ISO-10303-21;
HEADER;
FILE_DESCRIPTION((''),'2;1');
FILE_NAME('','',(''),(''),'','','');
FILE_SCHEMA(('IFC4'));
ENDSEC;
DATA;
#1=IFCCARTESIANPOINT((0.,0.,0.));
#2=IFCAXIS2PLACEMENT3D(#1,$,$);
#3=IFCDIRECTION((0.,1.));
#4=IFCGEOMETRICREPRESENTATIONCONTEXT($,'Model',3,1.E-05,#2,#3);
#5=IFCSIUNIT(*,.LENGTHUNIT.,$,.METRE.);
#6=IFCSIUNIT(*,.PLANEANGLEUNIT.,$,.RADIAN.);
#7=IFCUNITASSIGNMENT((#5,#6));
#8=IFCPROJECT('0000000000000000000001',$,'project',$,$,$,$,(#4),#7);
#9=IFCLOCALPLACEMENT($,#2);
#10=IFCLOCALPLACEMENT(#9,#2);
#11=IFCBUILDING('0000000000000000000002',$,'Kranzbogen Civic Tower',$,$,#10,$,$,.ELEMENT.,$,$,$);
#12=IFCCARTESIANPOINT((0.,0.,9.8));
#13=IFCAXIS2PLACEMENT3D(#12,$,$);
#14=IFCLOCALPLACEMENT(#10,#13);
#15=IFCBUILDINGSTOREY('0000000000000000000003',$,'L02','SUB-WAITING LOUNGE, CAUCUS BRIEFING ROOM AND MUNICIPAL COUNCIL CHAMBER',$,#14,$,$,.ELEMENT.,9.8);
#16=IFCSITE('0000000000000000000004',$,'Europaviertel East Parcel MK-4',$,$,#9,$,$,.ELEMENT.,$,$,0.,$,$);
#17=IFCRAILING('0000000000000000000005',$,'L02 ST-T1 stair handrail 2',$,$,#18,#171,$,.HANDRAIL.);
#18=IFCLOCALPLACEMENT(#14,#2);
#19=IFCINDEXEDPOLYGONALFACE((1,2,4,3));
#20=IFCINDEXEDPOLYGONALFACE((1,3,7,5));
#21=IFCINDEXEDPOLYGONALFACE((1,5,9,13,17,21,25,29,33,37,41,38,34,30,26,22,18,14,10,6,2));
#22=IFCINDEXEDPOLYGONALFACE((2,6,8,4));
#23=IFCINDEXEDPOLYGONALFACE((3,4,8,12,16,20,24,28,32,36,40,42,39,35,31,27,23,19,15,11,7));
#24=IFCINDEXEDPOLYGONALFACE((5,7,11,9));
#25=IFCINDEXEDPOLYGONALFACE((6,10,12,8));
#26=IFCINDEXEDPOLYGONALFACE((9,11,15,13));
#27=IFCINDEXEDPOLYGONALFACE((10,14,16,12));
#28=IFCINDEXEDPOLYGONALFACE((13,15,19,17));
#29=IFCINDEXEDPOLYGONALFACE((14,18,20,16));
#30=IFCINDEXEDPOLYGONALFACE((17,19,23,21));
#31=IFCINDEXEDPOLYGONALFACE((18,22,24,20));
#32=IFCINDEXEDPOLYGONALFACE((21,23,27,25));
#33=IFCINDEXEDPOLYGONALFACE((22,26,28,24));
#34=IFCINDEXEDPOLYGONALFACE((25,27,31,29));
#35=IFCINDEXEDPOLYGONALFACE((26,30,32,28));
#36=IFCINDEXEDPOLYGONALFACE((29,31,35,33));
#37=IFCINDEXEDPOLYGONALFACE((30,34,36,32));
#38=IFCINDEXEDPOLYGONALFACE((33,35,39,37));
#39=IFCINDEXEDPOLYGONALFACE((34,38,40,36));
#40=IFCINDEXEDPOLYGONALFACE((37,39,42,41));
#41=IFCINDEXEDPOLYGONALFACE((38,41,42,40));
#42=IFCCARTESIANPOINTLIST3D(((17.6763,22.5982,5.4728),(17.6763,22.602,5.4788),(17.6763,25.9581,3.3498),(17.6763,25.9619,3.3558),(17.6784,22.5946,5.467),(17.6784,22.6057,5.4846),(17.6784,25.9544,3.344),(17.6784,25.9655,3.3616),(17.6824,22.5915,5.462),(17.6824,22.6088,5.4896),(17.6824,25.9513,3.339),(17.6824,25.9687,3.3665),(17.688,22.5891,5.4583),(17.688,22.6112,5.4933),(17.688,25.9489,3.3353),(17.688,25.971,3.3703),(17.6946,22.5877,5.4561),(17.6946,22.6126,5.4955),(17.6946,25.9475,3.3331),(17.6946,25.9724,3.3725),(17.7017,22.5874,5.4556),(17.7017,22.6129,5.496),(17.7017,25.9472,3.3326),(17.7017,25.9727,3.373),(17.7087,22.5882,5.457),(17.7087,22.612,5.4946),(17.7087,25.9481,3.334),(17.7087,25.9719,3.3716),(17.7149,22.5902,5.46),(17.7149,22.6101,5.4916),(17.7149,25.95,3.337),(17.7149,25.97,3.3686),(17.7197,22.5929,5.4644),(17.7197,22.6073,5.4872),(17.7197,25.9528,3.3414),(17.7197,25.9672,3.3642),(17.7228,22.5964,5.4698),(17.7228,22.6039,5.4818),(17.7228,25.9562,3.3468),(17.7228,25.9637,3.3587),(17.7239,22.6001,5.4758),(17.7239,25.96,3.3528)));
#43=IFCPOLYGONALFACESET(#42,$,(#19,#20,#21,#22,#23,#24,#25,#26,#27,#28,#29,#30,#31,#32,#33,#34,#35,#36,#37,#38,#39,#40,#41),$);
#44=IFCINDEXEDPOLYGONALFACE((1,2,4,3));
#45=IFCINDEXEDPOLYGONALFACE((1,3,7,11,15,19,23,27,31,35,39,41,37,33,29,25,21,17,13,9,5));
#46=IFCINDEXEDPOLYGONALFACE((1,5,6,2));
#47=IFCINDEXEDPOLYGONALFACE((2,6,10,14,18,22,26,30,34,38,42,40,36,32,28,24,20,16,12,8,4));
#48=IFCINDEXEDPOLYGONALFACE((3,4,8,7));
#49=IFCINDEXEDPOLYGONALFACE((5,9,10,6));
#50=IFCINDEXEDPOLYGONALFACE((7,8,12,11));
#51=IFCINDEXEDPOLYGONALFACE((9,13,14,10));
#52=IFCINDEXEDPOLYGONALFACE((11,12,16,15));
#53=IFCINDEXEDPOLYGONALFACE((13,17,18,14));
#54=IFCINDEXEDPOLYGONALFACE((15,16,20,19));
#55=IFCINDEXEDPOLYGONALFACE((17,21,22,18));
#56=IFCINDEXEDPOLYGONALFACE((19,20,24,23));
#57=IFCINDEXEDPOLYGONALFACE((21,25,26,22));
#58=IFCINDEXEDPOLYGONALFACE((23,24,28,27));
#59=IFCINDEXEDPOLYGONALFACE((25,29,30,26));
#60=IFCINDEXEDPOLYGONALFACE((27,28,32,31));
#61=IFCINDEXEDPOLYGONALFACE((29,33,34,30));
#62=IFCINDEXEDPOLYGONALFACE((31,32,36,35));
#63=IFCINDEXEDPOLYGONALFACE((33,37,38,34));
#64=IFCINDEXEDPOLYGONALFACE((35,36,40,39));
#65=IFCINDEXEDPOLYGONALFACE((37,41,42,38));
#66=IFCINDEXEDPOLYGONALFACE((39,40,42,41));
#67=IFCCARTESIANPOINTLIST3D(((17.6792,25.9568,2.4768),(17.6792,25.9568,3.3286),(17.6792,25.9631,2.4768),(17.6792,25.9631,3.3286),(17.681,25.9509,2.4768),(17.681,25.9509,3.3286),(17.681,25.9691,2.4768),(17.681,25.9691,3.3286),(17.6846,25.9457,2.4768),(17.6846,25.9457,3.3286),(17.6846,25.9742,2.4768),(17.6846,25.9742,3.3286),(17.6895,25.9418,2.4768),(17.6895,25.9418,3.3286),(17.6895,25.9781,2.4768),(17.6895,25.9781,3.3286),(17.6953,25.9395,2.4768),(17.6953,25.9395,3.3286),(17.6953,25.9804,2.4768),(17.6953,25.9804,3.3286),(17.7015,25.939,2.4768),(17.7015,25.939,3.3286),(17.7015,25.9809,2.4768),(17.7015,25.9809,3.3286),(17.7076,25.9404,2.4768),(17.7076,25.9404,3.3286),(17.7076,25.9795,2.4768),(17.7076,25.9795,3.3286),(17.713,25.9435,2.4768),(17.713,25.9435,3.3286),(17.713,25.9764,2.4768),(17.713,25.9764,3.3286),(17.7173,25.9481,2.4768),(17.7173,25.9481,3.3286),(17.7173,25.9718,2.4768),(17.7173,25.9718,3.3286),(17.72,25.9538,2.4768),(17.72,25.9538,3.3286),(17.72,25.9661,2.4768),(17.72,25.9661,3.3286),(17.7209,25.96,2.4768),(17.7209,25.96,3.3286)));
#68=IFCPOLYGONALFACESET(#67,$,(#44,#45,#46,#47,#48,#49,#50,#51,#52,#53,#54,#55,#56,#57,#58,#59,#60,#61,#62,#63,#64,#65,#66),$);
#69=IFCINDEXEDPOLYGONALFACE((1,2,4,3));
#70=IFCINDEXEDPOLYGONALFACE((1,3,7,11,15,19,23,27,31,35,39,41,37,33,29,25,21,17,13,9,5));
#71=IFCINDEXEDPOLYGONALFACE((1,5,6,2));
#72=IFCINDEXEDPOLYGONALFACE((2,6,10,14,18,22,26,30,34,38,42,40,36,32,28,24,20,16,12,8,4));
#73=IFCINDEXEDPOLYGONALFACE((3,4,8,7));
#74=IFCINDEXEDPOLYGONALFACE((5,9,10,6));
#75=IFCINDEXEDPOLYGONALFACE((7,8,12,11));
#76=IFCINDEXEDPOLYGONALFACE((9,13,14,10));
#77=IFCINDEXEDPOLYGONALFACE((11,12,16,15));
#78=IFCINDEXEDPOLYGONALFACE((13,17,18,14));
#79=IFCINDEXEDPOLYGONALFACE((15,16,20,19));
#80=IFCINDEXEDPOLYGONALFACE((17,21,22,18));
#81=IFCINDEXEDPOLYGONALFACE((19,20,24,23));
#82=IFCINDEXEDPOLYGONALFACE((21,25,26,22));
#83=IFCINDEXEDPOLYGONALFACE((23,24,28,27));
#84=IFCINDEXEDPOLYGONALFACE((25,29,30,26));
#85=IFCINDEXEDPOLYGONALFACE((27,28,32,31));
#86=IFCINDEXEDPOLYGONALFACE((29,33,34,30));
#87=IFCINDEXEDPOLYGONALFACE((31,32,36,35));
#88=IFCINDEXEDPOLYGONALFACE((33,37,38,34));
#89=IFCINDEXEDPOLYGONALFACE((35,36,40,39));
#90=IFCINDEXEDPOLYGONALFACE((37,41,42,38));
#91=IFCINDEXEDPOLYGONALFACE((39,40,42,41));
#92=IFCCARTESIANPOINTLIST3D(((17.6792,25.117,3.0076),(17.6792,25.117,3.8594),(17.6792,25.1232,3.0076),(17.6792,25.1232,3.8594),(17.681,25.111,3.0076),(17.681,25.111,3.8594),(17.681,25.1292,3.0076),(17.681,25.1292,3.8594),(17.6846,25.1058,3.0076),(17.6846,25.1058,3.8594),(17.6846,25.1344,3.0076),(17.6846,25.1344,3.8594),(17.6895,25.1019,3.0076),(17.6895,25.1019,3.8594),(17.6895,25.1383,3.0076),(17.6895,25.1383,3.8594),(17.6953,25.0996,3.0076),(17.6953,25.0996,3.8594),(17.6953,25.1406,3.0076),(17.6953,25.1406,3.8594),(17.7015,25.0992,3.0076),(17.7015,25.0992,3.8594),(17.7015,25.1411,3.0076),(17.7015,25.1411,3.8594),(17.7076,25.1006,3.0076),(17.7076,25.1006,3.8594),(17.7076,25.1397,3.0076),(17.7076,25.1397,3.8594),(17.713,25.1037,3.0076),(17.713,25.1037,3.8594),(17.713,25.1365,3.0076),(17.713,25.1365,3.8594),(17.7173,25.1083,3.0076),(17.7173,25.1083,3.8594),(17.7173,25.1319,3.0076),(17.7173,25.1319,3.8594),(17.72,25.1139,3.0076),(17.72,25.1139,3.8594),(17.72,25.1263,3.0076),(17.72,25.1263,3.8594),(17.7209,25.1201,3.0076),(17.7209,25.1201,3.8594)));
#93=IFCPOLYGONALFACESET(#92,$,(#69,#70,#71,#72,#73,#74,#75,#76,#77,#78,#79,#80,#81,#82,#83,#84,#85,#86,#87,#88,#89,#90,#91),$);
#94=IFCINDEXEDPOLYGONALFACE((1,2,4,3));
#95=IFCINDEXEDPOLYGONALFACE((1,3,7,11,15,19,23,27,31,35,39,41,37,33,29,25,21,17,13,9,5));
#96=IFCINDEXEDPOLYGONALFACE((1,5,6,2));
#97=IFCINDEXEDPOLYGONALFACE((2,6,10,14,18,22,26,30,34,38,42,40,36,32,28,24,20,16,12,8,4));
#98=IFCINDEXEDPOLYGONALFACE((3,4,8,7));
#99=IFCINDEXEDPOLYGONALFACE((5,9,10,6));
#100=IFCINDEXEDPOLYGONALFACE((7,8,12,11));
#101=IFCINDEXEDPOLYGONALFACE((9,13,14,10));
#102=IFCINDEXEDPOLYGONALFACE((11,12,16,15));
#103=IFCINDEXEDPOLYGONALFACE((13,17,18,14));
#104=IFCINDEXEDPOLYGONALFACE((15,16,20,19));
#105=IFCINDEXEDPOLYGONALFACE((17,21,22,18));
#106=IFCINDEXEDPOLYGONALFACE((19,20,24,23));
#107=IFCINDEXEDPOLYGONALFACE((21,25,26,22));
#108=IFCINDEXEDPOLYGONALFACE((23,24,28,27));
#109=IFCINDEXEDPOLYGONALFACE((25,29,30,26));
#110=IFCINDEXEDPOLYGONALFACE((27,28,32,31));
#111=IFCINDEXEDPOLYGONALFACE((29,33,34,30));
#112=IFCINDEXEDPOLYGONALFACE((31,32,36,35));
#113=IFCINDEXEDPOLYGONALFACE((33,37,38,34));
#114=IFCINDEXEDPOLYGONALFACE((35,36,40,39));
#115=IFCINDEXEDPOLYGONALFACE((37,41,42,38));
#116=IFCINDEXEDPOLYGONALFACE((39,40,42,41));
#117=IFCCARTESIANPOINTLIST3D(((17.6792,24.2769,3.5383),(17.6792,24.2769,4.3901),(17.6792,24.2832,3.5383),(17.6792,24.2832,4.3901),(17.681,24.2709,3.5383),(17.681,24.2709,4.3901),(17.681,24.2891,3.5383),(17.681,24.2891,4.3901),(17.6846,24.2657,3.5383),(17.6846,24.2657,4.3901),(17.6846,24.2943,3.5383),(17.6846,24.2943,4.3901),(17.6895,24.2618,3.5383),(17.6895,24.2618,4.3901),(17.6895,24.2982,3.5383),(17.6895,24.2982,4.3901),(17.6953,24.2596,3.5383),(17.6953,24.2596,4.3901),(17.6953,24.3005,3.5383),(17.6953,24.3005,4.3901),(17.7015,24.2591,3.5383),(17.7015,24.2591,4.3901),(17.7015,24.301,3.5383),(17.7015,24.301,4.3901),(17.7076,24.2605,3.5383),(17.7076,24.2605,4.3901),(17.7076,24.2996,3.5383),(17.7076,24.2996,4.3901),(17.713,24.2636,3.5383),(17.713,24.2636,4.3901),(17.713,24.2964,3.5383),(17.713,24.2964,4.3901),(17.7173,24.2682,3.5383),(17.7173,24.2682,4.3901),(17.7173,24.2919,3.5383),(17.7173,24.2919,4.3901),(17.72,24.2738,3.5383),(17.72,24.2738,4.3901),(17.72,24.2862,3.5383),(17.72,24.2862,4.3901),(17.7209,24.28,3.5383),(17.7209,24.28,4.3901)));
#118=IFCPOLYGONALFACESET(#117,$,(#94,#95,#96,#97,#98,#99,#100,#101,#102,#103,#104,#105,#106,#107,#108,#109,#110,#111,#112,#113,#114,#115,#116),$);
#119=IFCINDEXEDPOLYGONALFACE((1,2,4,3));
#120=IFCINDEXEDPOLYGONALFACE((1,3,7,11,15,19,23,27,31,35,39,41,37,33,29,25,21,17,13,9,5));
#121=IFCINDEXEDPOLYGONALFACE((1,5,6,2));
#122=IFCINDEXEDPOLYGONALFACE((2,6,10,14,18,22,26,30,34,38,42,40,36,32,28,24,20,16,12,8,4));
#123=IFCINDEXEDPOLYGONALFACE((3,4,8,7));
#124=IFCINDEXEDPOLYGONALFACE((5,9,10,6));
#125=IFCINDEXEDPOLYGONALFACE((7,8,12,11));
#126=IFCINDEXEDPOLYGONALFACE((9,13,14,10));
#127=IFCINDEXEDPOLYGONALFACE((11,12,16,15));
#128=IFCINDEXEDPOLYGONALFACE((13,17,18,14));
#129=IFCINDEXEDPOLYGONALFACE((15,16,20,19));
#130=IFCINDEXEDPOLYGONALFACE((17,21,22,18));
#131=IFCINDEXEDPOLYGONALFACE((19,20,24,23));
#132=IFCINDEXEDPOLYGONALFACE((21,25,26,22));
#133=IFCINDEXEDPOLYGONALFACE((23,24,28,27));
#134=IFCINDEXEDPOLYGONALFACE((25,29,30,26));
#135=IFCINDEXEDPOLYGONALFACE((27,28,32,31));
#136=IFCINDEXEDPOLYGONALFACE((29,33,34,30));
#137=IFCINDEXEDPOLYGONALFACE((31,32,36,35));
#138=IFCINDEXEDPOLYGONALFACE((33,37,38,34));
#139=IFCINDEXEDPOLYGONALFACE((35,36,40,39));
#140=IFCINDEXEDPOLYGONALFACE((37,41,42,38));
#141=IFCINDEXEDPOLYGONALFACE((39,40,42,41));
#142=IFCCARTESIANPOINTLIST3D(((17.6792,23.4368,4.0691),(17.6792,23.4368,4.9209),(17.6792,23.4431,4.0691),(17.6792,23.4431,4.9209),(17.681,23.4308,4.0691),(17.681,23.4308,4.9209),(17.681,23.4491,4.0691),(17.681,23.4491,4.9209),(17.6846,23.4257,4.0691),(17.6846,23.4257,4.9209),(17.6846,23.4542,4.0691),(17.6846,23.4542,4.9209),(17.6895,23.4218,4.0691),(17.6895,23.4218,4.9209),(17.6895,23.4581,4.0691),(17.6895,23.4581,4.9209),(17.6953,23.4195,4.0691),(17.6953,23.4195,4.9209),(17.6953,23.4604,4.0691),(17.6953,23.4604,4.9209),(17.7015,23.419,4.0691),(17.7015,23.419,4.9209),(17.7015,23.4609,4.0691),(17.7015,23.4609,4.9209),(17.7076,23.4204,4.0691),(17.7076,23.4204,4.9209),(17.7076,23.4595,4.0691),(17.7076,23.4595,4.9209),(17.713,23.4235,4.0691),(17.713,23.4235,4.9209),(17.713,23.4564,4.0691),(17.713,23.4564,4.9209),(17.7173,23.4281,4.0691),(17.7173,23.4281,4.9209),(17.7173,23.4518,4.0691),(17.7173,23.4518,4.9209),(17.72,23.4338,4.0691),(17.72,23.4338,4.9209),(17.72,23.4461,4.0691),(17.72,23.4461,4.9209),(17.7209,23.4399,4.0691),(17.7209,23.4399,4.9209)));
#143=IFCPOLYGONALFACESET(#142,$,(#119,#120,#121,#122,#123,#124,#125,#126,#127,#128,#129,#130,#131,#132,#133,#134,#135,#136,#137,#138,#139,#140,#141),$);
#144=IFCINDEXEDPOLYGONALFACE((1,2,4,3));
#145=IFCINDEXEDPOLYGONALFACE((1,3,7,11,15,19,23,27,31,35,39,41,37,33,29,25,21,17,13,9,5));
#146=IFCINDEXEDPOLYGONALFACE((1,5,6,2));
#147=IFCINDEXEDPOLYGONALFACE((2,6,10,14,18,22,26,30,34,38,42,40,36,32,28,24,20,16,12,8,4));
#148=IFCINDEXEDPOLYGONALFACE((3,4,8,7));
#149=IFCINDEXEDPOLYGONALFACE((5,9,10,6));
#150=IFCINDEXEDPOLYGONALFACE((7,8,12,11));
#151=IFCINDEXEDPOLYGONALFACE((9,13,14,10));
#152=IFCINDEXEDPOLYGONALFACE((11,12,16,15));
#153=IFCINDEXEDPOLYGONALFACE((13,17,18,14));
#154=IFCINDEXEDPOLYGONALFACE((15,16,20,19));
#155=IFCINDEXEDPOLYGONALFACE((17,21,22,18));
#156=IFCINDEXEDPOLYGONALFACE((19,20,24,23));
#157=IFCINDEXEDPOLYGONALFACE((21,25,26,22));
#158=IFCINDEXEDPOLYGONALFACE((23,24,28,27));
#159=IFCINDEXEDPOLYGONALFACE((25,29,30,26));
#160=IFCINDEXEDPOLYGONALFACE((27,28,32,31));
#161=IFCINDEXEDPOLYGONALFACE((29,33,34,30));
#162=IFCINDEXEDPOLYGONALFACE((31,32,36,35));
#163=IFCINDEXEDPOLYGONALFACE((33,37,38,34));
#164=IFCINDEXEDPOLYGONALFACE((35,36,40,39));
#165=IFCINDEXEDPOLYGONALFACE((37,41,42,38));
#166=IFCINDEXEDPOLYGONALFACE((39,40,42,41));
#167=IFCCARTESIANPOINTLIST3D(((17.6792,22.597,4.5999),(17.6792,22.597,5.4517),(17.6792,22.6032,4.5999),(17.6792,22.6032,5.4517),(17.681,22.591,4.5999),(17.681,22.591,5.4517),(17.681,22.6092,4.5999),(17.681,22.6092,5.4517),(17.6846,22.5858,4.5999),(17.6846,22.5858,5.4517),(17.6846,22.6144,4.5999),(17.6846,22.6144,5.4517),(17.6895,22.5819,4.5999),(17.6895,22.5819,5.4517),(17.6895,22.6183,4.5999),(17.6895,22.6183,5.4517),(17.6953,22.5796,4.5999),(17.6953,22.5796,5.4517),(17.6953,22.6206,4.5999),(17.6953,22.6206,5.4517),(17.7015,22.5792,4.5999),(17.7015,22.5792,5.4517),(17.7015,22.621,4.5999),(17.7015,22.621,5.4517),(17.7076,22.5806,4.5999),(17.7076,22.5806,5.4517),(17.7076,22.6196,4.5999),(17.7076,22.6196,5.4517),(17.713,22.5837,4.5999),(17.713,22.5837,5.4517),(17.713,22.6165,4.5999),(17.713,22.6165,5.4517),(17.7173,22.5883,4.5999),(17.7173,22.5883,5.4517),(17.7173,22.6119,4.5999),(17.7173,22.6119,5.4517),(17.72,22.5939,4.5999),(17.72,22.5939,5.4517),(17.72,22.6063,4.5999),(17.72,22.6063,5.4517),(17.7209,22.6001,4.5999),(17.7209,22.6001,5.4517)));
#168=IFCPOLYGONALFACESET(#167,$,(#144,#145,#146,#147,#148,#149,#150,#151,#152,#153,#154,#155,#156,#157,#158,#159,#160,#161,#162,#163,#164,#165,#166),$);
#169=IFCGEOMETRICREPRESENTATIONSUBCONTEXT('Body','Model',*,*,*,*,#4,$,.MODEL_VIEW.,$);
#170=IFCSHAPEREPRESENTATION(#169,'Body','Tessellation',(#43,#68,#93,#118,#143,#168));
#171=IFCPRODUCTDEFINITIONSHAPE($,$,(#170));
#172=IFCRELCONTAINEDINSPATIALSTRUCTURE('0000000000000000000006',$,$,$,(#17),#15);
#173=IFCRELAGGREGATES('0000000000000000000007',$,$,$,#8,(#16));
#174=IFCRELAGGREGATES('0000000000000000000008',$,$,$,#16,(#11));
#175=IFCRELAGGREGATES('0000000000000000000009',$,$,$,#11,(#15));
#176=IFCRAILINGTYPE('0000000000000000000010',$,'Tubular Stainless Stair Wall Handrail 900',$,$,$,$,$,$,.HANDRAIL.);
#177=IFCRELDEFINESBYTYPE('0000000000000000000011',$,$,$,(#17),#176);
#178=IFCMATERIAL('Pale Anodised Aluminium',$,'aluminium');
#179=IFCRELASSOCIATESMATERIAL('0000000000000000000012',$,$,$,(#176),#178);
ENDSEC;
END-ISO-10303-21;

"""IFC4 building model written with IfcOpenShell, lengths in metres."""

from ifc_helpers import new_model, si_unit, direction, frame, origin, origin_2d, place, context, subcontext, project, spatial, circle, extrude, material, type_object, element, save


model = new_model("IFC4")

# Units and contexts
model_context = context("Model", 3, precision=1e-05, world=origin(), true_north=direction((0.0, 1.0)))
body_context = subcontext(model_context, "Body", "Model", "MODEL_VIEW")
ifc_project = project(units=[si_unit("LENGTHUNIT", "METRE"), si_unit("PLANEANGLEUNIT", "RADIAN")], contexts=[model_context])

# Site, building, storey
site_placement = place(None, origin())
site = spatial("IfcSite", under=ifc_project, at=site_placement, Name="Europaviertel East Parcel MK-4", CompositionType="ELEMENT", RefElevation=0.0)
building_placement = place(site_placement, origin())
building = spatial("IfcBuilding", under=site, at=building_placement, Name="Kranzbogen Civic Tower", CompositionType="ELEMENT")
storey_placement = place(building_placement, frame((0.0, 0.0, 9.8)))
storey = spatial("IfcBuildingStorey", under=building, at=storey_placement, Name="L02", Description="SUB-WAITING LOUNGE, CAUCUS BRIEFING ROOM AND MUNICIPAL COUNCIL CHAMBER", CompositionType="ELEMENT", Elevation=9.8)

# Shared definitions
ifc_material_1 = material(Name="Pale Anodised Aluminium", Category="aluminium")

# Railing
railing_type_1 = type_object("IfcRailingType", Name="Tubular Stainless Stair Wall Handrail 900", PredefinedType="HANDRAIL", material=ifc_material_1)
railing_1_placement = place(storey_placement, frame((17.7, 25.96, 2.4768)))
element("IfcRailing", 1, at=railing_1_placement, inside=storey, type_object=railing_type_1, Name="L02 ST-T1 stair handrail 2", PredefinedType="HANDRAIL", context=body_context, shape_type="SweptSolid", body=[
    extrude(circle(Radius=0.0239, at=origin_2d()), frame((0.0, 0.0, 0.876), z_axis=(0.0, -0.845372, 0.534178), x_axis=(1.0, 0.0, 0.0)), (0.0, 0.0, 1.0), 3.9744),
    extrude(circle(Radius=0.021, at=origin_2d()), origin(), (0.0, 0.0, 1.0), 0.8518),
    extrude(circle(Radius=0.021, at=origin_2d()), frame((0.0, -0.8398, 0.5308)), (0.0, 0.0, 1.0), 0.8518),
    extrude(circle(Radius=0.021, at=origin_2d()), frame((0.0, -1.6799, 1.0615)), (0.0, 0.0, 1.0), 0.8518),
    extrude(circle(Radius=0.021, at=origin_2d()), frame((0.0, -2.52, 1.5923)), (0.0, 0.0, 1.0), 0.8518),
    extrude(circle(Radius=0.021, at=origin_2d()), frame((0.0, -3.3599, 2.123)), (0.0, 0.0, 1.0), 0.8518),
])

save(model, "model.ifc")
